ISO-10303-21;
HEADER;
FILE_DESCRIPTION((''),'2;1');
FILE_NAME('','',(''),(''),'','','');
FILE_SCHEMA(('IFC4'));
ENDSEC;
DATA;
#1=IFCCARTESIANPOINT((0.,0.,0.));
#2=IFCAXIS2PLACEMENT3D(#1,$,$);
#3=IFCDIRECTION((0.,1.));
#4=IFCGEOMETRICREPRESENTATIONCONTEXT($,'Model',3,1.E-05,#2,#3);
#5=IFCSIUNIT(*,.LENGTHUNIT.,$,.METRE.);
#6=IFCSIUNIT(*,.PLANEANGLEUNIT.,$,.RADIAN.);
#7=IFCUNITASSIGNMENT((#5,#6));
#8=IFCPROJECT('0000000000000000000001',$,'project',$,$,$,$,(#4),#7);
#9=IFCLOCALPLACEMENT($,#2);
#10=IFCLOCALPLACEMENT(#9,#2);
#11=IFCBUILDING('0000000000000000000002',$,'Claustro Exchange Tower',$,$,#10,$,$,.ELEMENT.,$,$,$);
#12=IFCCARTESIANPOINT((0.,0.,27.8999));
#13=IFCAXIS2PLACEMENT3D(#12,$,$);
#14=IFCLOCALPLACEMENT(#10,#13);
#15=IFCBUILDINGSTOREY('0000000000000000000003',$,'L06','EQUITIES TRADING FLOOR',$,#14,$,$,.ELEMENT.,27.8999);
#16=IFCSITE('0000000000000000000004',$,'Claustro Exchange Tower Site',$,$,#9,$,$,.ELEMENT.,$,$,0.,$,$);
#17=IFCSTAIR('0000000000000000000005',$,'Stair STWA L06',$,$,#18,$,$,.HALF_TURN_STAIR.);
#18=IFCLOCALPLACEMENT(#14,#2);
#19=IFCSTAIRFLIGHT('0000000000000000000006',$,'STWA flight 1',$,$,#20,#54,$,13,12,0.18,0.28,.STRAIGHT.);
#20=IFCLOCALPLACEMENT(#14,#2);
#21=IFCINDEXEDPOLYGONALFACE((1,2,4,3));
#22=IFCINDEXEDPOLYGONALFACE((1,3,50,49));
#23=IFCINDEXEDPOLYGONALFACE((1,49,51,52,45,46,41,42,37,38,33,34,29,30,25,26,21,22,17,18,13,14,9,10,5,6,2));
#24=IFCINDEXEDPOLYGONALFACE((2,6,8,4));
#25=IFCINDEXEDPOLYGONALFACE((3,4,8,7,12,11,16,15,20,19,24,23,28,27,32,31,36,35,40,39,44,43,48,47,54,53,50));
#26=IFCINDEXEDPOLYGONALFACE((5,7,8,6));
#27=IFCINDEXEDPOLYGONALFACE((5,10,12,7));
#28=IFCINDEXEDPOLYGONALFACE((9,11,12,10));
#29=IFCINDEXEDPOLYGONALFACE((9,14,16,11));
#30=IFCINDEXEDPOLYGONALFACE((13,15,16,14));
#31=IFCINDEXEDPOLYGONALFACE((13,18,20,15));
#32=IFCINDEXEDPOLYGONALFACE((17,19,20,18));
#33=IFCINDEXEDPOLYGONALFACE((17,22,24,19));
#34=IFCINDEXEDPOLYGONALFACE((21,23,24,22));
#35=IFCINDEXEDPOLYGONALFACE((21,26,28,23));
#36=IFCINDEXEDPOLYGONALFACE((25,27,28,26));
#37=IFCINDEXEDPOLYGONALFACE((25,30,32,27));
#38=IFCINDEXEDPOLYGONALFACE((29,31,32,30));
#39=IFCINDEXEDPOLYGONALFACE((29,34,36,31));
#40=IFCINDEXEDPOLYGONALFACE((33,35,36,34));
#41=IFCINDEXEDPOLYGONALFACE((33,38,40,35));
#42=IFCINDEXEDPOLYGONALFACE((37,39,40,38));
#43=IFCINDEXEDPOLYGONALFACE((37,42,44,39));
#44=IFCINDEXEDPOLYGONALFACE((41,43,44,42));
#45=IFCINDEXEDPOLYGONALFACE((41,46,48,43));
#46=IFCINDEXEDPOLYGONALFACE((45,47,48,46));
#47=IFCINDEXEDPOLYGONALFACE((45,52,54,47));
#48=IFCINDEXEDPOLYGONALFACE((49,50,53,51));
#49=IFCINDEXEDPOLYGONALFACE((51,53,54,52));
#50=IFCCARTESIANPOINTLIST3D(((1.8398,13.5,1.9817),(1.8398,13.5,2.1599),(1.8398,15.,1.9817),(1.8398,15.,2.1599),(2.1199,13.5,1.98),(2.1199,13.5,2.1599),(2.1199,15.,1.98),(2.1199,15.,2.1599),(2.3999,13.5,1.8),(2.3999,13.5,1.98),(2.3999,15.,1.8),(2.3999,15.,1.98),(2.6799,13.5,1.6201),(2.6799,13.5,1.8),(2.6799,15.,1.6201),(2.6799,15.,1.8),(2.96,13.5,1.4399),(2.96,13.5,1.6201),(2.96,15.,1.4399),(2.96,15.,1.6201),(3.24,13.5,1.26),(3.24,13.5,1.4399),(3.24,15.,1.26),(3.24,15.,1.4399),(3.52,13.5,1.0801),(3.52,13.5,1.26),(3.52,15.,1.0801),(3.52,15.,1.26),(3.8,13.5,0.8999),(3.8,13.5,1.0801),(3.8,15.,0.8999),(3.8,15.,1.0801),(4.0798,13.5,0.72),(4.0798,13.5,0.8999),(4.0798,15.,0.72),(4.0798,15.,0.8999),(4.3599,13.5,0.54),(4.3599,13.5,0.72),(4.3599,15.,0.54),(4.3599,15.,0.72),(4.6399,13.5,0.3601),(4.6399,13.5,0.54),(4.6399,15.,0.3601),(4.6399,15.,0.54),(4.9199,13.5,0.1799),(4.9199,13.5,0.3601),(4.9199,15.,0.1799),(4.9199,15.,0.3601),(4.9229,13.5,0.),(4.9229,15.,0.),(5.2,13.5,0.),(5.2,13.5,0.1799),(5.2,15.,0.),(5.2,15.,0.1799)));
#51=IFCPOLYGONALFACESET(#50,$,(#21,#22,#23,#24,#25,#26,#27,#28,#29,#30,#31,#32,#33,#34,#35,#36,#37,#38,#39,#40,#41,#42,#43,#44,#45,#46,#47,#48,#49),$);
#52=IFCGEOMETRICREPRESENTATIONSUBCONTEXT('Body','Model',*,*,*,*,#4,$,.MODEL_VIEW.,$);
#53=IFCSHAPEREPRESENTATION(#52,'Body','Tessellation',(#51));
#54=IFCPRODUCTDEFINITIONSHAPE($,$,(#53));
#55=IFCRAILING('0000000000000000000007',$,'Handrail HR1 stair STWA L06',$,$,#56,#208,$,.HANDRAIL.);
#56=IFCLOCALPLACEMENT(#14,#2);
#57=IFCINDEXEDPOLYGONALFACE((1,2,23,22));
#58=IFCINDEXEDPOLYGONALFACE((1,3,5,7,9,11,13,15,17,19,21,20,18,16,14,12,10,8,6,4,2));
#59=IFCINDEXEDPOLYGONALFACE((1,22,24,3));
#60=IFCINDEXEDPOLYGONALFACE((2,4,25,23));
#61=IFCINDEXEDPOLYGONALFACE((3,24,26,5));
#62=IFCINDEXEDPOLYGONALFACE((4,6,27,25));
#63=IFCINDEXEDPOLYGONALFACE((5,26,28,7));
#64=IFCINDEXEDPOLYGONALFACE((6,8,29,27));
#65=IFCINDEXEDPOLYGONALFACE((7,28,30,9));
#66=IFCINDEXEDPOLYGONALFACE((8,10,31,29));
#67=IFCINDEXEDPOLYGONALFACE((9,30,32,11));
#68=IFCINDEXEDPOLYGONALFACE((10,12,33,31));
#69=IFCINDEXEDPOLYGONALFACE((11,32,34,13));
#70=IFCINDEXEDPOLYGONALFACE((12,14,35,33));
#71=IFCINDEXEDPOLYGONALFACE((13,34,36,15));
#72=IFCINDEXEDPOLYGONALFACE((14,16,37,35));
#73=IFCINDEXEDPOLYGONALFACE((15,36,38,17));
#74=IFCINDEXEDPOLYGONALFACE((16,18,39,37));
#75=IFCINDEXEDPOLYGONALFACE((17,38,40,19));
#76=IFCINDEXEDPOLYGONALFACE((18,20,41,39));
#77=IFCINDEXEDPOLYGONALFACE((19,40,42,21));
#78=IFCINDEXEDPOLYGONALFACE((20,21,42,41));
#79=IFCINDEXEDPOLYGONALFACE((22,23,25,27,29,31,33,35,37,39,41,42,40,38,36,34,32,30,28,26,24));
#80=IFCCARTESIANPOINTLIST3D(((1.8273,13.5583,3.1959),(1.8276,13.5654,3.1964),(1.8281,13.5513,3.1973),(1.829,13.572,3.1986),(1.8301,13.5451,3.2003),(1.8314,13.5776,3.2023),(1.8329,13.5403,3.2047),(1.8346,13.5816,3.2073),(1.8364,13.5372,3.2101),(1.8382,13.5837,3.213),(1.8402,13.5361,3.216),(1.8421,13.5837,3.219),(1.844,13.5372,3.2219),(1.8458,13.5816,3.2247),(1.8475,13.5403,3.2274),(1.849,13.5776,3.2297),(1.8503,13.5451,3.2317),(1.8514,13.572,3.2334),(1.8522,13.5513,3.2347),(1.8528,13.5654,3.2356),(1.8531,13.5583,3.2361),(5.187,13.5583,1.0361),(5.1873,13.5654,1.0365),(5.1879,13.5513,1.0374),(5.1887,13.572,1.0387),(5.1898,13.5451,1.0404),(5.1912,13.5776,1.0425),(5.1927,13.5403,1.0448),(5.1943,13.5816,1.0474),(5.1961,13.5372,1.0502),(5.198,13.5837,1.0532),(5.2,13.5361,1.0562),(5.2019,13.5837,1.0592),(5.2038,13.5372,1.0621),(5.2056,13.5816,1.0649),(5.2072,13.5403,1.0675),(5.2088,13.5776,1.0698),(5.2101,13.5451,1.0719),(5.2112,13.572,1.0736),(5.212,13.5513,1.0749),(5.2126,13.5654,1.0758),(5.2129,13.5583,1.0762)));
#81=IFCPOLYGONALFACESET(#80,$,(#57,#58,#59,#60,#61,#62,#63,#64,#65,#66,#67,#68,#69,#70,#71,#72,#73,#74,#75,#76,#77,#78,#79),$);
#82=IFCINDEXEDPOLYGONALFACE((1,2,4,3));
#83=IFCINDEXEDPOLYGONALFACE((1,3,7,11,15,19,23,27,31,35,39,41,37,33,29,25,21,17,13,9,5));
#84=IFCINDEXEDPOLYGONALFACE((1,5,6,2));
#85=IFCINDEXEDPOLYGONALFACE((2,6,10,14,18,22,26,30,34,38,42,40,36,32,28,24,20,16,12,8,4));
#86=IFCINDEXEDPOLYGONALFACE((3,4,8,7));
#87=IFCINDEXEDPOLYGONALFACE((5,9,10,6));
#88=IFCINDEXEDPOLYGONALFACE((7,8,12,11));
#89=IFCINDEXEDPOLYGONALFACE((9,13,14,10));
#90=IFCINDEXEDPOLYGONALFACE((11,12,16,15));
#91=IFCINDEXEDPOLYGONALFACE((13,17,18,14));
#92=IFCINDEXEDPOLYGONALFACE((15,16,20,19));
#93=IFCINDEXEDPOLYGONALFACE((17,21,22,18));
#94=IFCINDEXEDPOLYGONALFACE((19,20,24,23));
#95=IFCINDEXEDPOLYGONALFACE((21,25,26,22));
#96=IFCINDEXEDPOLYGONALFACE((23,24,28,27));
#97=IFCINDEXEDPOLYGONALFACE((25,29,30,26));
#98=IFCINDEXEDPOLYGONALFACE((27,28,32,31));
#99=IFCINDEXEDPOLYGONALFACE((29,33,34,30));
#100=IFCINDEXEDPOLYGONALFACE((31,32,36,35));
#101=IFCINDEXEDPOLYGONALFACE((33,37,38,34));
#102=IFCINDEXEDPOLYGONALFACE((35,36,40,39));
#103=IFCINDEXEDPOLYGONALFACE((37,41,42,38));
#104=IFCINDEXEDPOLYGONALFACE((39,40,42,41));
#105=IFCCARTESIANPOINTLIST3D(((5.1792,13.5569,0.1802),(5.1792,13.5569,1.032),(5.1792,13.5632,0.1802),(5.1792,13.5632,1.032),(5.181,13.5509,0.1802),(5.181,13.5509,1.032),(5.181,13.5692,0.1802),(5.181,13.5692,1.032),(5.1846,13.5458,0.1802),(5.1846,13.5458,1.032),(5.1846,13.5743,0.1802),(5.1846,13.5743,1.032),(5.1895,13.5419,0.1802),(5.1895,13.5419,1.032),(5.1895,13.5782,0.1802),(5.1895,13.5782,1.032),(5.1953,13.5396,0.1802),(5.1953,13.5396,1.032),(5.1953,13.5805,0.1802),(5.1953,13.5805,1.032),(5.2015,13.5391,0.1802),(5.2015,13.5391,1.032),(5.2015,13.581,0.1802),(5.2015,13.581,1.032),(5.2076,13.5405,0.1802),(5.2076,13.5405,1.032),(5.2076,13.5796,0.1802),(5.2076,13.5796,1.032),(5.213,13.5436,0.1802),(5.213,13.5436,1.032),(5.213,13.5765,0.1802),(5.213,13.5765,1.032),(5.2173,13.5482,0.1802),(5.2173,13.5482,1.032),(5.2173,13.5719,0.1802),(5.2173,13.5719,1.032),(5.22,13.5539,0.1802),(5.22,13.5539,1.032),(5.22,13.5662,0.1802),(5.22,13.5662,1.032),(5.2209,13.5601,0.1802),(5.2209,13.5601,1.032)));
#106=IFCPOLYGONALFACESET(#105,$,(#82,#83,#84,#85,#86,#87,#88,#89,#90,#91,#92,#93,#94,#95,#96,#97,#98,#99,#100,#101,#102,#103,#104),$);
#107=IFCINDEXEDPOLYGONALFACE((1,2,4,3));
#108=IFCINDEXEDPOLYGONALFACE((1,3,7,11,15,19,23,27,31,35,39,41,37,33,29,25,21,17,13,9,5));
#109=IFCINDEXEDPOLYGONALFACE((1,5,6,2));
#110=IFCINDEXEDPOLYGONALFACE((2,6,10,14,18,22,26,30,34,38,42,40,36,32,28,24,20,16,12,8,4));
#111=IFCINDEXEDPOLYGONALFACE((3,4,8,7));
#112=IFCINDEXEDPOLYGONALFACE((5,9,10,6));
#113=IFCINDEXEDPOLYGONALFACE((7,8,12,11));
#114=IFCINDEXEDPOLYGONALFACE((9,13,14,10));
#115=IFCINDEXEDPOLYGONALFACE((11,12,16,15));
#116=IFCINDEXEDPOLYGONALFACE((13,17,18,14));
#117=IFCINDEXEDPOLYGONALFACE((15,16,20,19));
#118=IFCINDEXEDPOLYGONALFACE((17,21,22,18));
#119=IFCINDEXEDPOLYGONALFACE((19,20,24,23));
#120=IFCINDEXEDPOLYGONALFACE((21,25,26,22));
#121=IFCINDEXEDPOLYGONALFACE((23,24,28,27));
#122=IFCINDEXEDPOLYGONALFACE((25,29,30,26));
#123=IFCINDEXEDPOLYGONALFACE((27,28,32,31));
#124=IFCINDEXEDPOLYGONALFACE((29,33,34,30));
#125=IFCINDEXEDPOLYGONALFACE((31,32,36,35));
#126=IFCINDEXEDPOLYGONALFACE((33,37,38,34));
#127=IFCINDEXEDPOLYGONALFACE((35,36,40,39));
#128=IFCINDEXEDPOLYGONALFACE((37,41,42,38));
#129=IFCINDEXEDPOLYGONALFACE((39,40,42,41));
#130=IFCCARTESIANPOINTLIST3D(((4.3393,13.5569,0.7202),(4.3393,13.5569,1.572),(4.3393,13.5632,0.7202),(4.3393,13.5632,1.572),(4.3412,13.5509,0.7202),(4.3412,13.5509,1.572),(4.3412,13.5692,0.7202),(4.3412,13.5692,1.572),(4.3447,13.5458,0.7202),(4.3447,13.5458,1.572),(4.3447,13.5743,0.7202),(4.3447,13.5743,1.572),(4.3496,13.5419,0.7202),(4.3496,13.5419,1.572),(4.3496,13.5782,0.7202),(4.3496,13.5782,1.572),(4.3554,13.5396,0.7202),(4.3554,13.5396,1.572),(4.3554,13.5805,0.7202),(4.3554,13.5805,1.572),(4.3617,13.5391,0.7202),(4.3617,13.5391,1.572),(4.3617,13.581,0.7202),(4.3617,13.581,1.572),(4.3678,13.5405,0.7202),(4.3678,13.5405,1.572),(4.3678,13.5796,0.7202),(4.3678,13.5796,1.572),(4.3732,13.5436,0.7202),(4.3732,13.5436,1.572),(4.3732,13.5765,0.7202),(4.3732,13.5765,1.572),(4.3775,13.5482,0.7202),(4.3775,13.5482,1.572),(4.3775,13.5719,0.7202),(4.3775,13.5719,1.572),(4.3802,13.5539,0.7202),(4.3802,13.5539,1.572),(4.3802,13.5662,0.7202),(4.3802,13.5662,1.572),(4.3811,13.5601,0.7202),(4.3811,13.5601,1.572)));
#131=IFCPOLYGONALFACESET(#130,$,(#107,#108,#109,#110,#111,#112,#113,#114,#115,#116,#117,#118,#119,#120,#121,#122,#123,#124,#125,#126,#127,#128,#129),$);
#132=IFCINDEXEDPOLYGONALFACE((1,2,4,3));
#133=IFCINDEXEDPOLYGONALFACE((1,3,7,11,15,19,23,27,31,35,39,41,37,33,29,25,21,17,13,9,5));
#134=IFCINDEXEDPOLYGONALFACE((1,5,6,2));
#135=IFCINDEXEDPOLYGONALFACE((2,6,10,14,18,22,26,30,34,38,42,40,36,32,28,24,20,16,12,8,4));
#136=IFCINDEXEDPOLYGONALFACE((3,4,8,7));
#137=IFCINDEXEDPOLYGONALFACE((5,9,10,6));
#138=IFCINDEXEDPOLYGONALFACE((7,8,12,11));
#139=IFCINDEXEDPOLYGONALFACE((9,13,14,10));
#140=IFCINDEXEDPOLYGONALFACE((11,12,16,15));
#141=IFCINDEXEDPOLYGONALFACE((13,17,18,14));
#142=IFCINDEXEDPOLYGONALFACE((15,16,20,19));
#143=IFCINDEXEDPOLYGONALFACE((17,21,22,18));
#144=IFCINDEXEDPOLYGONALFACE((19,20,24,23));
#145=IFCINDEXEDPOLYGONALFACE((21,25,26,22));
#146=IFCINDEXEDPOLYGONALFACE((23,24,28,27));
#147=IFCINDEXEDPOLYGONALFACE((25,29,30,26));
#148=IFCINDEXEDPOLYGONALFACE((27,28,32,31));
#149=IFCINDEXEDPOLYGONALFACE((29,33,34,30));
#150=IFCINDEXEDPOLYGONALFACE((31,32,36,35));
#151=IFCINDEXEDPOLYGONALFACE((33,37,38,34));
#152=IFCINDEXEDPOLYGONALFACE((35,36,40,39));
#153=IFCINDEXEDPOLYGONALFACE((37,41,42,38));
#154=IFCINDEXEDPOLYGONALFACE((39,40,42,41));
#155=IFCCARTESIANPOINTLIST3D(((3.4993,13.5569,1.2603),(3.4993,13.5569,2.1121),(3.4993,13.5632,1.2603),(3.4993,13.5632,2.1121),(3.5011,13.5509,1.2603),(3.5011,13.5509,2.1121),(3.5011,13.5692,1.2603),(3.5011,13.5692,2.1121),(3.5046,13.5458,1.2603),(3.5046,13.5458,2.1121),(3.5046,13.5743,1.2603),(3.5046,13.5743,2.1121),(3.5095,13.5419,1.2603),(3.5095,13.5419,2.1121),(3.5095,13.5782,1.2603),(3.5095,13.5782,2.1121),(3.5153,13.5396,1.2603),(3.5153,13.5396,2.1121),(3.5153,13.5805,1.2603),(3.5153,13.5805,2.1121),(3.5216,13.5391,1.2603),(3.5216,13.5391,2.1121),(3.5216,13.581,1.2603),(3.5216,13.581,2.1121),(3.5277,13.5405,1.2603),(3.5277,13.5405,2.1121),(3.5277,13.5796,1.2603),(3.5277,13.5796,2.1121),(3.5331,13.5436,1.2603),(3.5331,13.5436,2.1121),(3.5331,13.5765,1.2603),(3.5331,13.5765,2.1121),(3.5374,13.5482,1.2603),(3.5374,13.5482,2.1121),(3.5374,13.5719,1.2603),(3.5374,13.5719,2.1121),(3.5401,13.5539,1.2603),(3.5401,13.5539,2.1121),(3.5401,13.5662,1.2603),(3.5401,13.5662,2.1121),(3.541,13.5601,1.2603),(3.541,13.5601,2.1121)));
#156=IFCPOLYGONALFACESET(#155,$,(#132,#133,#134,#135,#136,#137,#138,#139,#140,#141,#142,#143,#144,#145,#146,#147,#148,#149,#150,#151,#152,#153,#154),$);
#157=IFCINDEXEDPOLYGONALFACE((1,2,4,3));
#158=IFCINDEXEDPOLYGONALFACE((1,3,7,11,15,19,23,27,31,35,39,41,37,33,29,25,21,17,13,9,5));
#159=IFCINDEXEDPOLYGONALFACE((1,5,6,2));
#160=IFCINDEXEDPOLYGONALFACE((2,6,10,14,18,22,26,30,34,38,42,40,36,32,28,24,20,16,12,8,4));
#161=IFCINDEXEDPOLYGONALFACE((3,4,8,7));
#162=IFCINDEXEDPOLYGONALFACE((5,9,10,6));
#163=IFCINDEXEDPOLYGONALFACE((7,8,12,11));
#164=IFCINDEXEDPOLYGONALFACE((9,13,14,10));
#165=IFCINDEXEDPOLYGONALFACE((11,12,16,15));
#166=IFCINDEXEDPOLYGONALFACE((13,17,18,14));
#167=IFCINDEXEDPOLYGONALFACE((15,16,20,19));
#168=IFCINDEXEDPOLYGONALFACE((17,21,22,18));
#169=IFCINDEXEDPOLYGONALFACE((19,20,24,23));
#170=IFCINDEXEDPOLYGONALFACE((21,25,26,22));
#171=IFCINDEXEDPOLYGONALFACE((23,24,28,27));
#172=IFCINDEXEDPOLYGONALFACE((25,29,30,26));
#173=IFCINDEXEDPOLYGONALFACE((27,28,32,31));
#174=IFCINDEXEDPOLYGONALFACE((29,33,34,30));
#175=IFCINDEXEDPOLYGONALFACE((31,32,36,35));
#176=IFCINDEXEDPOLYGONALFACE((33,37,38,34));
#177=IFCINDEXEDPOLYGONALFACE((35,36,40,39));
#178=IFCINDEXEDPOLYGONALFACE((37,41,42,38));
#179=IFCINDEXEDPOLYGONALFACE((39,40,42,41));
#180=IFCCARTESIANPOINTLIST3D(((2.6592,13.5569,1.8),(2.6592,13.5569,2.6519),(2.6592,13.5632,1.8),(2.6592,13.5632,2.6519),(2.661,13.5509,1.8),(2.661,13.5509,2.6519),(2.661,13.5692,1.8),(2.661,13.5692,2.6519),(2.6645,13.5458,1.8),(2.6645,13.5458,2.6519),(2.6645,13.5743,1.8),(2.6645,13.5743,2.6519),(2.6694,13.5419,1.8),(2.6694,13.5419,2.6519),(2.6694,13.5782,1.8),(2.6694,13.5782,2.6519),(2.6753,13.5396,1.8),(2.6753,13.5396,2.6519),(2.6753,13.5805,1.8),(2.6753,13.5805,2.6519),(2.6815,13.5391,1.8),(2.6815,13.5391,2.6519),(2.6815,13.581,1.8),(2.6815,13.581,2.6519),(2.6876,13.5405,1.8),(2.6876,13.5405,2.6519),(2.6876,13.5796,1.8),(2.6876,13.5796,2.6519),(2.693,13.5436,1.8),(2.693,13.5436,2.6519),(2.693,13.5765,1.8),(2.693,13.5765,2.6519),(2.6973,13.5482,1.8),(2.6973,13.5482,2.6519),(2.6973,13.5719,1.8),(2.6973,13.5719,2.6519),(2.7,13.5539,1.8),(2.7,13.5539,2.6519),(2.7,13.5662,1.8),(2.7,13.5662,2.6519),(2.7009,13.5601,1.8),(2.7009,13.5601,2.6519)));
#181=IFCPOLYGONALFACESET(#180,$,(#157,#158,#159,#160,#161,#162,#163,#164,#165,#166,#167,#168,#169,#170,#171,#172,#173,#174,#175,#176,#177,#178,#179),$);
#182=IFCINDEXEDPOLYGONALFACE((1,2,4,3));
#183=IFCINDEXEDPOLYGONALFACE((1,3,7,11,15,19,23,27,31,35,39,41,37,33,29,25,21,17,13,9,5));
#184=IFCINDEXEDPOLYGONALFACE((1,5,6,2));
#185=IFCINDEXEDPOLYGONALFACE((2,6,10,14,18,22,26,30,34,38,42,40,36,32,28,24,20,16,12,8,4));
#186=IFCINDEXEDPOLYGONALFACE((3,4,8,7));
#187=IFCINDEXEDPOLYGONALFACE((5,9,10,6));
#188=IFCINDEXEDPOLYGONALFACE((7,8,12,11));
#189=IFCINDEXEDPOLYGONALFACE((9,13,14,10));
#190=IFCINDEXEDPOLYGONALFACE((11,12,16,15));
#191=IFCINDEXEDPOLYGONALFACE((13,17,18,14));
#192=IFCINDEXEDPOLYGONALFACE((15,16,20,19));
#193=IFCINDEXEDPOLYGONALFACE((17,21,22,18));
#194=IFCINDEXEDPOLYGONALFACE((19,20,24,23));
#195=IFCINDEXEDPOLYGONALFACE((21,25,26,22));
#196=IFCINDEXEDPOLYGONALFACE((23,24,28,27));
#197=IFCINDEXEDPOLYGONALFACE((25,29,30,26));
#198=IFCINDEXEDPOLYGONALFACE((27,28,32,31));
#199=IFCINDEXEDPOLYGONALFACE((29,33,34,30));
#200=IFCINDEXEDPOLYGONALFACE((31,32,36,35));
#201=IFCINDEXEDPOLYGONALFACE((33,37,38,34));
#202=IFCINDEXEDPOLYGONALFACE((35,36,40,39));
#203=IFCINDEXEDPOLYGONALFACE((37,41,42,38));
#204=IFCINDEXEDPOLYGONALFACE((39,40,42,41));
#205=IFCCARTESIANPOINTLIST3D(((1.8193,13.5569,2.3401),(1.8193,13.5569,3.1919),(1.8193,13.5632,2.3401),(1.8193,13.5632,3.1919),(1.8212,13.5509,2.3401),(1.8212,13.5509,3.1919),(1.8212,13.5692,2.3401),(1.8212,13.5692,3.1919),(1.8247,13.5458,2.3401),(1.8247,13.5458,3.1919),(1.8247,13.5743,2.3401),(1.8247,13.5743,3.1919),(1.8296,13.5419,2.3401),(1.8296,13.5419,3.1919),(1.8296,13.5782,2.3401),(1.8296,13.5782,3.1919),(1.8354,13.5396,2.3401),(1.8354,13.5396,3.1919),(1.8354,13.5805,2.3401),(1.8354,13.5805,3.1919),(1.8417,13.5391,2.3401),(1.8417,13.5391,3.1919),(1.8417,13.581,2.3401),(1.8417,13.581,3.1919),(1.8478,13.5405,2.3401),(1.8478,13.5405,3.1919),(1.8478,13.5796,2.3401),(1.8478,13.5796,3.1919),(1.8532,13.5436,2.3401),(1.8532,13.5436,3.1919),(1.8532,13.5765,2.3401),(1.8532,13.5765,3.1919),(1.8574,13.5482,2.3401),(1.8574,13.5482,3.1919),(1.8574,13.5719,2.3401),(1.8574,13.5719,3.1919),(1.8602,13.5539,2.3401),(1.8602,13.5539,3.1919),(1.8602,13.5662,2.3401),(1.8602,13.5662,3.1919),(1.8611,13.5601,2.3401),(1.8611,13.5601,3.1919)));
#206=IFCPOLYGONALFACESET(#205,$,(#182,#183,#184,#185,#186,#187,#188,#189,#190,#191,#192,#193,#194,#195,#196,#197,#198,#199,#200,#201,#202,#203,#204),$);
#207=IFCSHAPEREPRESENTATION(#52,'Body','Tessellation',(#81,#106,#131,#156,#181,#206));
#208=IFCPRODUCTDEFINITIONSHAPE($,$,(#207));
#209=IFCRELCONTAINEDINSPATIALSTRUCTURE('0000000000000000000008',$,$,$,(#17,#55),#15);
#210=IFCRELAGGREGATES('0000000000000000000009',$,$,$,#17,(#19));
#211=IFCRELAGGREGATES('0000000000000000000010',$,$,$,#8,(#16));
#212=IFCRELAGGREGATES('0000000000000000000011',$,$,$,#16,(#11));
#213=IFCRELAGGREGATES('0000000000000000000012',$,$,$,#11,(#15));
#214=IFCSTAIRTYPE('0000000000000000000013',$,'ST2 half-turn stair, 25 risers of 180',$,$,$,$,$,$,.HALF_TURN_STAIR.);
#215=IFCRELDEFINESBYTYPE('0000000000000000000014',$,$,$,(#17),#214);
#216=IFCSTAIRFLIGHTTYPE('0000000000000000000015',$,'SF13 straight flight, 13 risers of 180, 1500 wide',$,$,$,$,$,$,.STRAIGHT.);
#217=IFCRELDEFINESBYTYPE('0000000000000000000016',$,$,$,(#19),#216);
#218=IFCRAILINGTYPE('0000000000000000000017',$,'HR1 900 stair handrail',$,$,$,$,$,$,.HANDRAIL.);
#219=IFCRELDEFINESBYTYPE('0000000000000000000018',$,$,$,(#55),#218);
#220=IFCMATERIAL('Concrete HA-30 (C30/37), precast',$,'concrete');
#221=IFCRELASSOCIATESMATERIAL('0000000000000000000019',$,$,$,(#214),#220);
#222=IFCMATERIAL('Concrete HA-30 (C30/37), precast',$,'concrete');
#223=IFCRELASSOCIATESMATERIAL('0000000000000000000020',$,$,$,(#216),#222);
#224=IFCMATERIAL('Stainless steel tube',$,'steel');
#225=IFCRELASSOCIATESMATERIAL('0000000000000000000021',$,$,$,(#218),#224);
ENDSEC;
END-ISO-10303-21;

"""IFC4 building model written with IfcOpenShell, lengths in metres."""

from ifc_helpers import new_model, si_unit, direction, frame, origin, origin_2d, place, context, subcontext, project, spatial, polyline, circle, outline, extrude, material, type_object, element, aggregate, save


model = new_model("IFC4")

# Units and contexts
model_context = context("Model", 3, precision=1e-05, world=origin(), true_north=direction((0.0, 1.0)))
body_context = subcontext(model_context, "Body", "Model", "MODEL_VIEW")
ifc_project = project(units=[si_unit("LENGTHUNIT", "METRE"), si_unit("PLANEANGLEUNIT", "RADIAN")], contexts=[model_context])

# Site, building, storey
site_placement = place(None, origin())
site = spatial("IfcSite", under=ifc_project, at=site_placement, Name="Claustro Exchange Tower Site", CompositionType="ELEMENT", RefElevation=0.0)
building_placement = place(site_placement, origin())
building = spatial("IfcBuilding", under=site, at=building_placement, Name="Claustro Exchange Tower", CompositionType="ELEMENT")
storey_placement = place(building_placement, frame((0.0, 0.0, 27.8999)))
storey = spatial("IfcBuildingStorey", under=building, at=storey_placement, Name="L06", Description="EQUITIES TRADING FLOOR", CompositionType="ELEMENT", Elevation=27.8999)

# Stair, stair flight
ifc_material_1 = material(Name="Concrete HA-30 (C30/37), precast", Category="concrete")
stair_type = type_object("IfcStairType", Name="ST2 half-turn stair, 25 risers of 180", PredefinedType="HALF_TURN_STAIR", material=ifc_material_1)
stair_placement = place(storey_placement, origin())
stair = element("IfcStair", 1, at=stair_placement, inside=storey, type_object=stair_type, Name="Stair STWA L06", PredefinedType="HALF_TURN_STAIR")
ifc_material_2 = material(Name="Concrete HA-30 (C30/37), precast", Category="concrete")
stair_flight_type = type_object("IfcStairFlightType", Name="SF13 straight flight, 13 risers of 180, 1500 wide", PredefinedType="STRAIGHT", material=ifc_material_2)
stair_flight_placement = place(storey_placement, frame((5.2, 14.25, 0.0), z_axis=(0.0, 0.0, 1.0), x_axis=(-1.0, 0.0, 0.0)))
stair_flight = element("IfcStairFlight", 2, at=stair_flight_placement, type_object=stair_flight_type, Name="STWA flight 1", NumberOfRisers=13, NumberOfTreads=12, PredefinedType="STRAIGHT", RiserHeight=0.18, TreadLength=0.28, context=body_context, shape_type="SweptSolid", body=[
    extrude(outline(polyline([(0.0, 0.0), (0.0, 0.1799), (0.28, 0.1799), (0.28, 0.3601), (0.5601, 0.3601), (0.5601, 0.54), (0.8401, 0.54), (0.8401, 0.72), (1.1201, 0.72), (1.1201, 0.8999), (1.3999, 0.8999), (1.3999, 1.0801), (1.6799, 1.0801), (1.6799, 1.26), (1.96, 1.26), (1.96, 1.4399), (2.24, 1.4399), (2.24, 1.6201), (2.52, 1.6201), (2.52, 1.8), (2.8, 1.8), (2.8, 1.98), (3.0801, 1.98), (3.0801, 2.1599), (3.3601, 2.1599), (3.3601, 2.3401), (3.3601, 1.9817), (0.2771, 0.0), (0.0, 0.0)])), frame((0.0, 0.75, 0.0), z_axis=(0.0, -1.0, 0.0), x_axis=(1.0, 0.0, 0.0)), (0.0, 0.0, 1.0), 1.5),
])
aggregate(stair, [stair_flight])

# Railing
ifc_material_3 = material(Name="Stainless steel tube", Category="steel")
railing_type_1 = type_object("IfcRailingType", Name="HR1 900 stair handrail", PredefinedType="HANDRAIL", material=ifc_material_3)
railing_1_placement = place(storey_placement, frame((5.2, 13.5601, 0.1802)))
element("IfcRailing", 3, at=railing_1_placement, inside=storey, type_object=railing_type_1, Name="Handrail HR1 stair STWA L06", PredefinedType="HANDRAIL", context=body_context, shape_type="SweptSolid", body=[
    extrude(circle(Radius=0.0239, at=origin_2d()), frame((0.0, 0.0, 0.876), z_axis=(-0.841178, 0.0, 0.540758), x_axis=(0.0, -1.0, 0.0)), (0.0, 0.0, 1.0), 3.9941),
    extrude(circle(Radius=0.021, at=origin_2d()), origin(), (0.0, 0.0, 1.0), 0.8518),
    extrude(circle(Radius=0.021, at=origin_2d()), frame((-0.8398, 0.0, 0.54)), (0.0, 0.0, 1.0), 0.8518),
    extrude(circle(Radius=0.021, at=origin_2d()), frame((-1.6799, 0.0, 1.0801)), (0.0, 0.0, 1.0), 0.8518),
    extrude(circle(Radius=0.021, at=origin_2d()), frame((-2.52, 0.0, 1.6199)), (0.0, 0.0, 1.0), 0.8518),
    extrude(circle(Radius=0.021, at=origin_2d()), frame((-3.3599, 0.0, 2.1599)), (0.0, 0.0, 1.0), 0.8518),
])

save(model, "model.ifc")
